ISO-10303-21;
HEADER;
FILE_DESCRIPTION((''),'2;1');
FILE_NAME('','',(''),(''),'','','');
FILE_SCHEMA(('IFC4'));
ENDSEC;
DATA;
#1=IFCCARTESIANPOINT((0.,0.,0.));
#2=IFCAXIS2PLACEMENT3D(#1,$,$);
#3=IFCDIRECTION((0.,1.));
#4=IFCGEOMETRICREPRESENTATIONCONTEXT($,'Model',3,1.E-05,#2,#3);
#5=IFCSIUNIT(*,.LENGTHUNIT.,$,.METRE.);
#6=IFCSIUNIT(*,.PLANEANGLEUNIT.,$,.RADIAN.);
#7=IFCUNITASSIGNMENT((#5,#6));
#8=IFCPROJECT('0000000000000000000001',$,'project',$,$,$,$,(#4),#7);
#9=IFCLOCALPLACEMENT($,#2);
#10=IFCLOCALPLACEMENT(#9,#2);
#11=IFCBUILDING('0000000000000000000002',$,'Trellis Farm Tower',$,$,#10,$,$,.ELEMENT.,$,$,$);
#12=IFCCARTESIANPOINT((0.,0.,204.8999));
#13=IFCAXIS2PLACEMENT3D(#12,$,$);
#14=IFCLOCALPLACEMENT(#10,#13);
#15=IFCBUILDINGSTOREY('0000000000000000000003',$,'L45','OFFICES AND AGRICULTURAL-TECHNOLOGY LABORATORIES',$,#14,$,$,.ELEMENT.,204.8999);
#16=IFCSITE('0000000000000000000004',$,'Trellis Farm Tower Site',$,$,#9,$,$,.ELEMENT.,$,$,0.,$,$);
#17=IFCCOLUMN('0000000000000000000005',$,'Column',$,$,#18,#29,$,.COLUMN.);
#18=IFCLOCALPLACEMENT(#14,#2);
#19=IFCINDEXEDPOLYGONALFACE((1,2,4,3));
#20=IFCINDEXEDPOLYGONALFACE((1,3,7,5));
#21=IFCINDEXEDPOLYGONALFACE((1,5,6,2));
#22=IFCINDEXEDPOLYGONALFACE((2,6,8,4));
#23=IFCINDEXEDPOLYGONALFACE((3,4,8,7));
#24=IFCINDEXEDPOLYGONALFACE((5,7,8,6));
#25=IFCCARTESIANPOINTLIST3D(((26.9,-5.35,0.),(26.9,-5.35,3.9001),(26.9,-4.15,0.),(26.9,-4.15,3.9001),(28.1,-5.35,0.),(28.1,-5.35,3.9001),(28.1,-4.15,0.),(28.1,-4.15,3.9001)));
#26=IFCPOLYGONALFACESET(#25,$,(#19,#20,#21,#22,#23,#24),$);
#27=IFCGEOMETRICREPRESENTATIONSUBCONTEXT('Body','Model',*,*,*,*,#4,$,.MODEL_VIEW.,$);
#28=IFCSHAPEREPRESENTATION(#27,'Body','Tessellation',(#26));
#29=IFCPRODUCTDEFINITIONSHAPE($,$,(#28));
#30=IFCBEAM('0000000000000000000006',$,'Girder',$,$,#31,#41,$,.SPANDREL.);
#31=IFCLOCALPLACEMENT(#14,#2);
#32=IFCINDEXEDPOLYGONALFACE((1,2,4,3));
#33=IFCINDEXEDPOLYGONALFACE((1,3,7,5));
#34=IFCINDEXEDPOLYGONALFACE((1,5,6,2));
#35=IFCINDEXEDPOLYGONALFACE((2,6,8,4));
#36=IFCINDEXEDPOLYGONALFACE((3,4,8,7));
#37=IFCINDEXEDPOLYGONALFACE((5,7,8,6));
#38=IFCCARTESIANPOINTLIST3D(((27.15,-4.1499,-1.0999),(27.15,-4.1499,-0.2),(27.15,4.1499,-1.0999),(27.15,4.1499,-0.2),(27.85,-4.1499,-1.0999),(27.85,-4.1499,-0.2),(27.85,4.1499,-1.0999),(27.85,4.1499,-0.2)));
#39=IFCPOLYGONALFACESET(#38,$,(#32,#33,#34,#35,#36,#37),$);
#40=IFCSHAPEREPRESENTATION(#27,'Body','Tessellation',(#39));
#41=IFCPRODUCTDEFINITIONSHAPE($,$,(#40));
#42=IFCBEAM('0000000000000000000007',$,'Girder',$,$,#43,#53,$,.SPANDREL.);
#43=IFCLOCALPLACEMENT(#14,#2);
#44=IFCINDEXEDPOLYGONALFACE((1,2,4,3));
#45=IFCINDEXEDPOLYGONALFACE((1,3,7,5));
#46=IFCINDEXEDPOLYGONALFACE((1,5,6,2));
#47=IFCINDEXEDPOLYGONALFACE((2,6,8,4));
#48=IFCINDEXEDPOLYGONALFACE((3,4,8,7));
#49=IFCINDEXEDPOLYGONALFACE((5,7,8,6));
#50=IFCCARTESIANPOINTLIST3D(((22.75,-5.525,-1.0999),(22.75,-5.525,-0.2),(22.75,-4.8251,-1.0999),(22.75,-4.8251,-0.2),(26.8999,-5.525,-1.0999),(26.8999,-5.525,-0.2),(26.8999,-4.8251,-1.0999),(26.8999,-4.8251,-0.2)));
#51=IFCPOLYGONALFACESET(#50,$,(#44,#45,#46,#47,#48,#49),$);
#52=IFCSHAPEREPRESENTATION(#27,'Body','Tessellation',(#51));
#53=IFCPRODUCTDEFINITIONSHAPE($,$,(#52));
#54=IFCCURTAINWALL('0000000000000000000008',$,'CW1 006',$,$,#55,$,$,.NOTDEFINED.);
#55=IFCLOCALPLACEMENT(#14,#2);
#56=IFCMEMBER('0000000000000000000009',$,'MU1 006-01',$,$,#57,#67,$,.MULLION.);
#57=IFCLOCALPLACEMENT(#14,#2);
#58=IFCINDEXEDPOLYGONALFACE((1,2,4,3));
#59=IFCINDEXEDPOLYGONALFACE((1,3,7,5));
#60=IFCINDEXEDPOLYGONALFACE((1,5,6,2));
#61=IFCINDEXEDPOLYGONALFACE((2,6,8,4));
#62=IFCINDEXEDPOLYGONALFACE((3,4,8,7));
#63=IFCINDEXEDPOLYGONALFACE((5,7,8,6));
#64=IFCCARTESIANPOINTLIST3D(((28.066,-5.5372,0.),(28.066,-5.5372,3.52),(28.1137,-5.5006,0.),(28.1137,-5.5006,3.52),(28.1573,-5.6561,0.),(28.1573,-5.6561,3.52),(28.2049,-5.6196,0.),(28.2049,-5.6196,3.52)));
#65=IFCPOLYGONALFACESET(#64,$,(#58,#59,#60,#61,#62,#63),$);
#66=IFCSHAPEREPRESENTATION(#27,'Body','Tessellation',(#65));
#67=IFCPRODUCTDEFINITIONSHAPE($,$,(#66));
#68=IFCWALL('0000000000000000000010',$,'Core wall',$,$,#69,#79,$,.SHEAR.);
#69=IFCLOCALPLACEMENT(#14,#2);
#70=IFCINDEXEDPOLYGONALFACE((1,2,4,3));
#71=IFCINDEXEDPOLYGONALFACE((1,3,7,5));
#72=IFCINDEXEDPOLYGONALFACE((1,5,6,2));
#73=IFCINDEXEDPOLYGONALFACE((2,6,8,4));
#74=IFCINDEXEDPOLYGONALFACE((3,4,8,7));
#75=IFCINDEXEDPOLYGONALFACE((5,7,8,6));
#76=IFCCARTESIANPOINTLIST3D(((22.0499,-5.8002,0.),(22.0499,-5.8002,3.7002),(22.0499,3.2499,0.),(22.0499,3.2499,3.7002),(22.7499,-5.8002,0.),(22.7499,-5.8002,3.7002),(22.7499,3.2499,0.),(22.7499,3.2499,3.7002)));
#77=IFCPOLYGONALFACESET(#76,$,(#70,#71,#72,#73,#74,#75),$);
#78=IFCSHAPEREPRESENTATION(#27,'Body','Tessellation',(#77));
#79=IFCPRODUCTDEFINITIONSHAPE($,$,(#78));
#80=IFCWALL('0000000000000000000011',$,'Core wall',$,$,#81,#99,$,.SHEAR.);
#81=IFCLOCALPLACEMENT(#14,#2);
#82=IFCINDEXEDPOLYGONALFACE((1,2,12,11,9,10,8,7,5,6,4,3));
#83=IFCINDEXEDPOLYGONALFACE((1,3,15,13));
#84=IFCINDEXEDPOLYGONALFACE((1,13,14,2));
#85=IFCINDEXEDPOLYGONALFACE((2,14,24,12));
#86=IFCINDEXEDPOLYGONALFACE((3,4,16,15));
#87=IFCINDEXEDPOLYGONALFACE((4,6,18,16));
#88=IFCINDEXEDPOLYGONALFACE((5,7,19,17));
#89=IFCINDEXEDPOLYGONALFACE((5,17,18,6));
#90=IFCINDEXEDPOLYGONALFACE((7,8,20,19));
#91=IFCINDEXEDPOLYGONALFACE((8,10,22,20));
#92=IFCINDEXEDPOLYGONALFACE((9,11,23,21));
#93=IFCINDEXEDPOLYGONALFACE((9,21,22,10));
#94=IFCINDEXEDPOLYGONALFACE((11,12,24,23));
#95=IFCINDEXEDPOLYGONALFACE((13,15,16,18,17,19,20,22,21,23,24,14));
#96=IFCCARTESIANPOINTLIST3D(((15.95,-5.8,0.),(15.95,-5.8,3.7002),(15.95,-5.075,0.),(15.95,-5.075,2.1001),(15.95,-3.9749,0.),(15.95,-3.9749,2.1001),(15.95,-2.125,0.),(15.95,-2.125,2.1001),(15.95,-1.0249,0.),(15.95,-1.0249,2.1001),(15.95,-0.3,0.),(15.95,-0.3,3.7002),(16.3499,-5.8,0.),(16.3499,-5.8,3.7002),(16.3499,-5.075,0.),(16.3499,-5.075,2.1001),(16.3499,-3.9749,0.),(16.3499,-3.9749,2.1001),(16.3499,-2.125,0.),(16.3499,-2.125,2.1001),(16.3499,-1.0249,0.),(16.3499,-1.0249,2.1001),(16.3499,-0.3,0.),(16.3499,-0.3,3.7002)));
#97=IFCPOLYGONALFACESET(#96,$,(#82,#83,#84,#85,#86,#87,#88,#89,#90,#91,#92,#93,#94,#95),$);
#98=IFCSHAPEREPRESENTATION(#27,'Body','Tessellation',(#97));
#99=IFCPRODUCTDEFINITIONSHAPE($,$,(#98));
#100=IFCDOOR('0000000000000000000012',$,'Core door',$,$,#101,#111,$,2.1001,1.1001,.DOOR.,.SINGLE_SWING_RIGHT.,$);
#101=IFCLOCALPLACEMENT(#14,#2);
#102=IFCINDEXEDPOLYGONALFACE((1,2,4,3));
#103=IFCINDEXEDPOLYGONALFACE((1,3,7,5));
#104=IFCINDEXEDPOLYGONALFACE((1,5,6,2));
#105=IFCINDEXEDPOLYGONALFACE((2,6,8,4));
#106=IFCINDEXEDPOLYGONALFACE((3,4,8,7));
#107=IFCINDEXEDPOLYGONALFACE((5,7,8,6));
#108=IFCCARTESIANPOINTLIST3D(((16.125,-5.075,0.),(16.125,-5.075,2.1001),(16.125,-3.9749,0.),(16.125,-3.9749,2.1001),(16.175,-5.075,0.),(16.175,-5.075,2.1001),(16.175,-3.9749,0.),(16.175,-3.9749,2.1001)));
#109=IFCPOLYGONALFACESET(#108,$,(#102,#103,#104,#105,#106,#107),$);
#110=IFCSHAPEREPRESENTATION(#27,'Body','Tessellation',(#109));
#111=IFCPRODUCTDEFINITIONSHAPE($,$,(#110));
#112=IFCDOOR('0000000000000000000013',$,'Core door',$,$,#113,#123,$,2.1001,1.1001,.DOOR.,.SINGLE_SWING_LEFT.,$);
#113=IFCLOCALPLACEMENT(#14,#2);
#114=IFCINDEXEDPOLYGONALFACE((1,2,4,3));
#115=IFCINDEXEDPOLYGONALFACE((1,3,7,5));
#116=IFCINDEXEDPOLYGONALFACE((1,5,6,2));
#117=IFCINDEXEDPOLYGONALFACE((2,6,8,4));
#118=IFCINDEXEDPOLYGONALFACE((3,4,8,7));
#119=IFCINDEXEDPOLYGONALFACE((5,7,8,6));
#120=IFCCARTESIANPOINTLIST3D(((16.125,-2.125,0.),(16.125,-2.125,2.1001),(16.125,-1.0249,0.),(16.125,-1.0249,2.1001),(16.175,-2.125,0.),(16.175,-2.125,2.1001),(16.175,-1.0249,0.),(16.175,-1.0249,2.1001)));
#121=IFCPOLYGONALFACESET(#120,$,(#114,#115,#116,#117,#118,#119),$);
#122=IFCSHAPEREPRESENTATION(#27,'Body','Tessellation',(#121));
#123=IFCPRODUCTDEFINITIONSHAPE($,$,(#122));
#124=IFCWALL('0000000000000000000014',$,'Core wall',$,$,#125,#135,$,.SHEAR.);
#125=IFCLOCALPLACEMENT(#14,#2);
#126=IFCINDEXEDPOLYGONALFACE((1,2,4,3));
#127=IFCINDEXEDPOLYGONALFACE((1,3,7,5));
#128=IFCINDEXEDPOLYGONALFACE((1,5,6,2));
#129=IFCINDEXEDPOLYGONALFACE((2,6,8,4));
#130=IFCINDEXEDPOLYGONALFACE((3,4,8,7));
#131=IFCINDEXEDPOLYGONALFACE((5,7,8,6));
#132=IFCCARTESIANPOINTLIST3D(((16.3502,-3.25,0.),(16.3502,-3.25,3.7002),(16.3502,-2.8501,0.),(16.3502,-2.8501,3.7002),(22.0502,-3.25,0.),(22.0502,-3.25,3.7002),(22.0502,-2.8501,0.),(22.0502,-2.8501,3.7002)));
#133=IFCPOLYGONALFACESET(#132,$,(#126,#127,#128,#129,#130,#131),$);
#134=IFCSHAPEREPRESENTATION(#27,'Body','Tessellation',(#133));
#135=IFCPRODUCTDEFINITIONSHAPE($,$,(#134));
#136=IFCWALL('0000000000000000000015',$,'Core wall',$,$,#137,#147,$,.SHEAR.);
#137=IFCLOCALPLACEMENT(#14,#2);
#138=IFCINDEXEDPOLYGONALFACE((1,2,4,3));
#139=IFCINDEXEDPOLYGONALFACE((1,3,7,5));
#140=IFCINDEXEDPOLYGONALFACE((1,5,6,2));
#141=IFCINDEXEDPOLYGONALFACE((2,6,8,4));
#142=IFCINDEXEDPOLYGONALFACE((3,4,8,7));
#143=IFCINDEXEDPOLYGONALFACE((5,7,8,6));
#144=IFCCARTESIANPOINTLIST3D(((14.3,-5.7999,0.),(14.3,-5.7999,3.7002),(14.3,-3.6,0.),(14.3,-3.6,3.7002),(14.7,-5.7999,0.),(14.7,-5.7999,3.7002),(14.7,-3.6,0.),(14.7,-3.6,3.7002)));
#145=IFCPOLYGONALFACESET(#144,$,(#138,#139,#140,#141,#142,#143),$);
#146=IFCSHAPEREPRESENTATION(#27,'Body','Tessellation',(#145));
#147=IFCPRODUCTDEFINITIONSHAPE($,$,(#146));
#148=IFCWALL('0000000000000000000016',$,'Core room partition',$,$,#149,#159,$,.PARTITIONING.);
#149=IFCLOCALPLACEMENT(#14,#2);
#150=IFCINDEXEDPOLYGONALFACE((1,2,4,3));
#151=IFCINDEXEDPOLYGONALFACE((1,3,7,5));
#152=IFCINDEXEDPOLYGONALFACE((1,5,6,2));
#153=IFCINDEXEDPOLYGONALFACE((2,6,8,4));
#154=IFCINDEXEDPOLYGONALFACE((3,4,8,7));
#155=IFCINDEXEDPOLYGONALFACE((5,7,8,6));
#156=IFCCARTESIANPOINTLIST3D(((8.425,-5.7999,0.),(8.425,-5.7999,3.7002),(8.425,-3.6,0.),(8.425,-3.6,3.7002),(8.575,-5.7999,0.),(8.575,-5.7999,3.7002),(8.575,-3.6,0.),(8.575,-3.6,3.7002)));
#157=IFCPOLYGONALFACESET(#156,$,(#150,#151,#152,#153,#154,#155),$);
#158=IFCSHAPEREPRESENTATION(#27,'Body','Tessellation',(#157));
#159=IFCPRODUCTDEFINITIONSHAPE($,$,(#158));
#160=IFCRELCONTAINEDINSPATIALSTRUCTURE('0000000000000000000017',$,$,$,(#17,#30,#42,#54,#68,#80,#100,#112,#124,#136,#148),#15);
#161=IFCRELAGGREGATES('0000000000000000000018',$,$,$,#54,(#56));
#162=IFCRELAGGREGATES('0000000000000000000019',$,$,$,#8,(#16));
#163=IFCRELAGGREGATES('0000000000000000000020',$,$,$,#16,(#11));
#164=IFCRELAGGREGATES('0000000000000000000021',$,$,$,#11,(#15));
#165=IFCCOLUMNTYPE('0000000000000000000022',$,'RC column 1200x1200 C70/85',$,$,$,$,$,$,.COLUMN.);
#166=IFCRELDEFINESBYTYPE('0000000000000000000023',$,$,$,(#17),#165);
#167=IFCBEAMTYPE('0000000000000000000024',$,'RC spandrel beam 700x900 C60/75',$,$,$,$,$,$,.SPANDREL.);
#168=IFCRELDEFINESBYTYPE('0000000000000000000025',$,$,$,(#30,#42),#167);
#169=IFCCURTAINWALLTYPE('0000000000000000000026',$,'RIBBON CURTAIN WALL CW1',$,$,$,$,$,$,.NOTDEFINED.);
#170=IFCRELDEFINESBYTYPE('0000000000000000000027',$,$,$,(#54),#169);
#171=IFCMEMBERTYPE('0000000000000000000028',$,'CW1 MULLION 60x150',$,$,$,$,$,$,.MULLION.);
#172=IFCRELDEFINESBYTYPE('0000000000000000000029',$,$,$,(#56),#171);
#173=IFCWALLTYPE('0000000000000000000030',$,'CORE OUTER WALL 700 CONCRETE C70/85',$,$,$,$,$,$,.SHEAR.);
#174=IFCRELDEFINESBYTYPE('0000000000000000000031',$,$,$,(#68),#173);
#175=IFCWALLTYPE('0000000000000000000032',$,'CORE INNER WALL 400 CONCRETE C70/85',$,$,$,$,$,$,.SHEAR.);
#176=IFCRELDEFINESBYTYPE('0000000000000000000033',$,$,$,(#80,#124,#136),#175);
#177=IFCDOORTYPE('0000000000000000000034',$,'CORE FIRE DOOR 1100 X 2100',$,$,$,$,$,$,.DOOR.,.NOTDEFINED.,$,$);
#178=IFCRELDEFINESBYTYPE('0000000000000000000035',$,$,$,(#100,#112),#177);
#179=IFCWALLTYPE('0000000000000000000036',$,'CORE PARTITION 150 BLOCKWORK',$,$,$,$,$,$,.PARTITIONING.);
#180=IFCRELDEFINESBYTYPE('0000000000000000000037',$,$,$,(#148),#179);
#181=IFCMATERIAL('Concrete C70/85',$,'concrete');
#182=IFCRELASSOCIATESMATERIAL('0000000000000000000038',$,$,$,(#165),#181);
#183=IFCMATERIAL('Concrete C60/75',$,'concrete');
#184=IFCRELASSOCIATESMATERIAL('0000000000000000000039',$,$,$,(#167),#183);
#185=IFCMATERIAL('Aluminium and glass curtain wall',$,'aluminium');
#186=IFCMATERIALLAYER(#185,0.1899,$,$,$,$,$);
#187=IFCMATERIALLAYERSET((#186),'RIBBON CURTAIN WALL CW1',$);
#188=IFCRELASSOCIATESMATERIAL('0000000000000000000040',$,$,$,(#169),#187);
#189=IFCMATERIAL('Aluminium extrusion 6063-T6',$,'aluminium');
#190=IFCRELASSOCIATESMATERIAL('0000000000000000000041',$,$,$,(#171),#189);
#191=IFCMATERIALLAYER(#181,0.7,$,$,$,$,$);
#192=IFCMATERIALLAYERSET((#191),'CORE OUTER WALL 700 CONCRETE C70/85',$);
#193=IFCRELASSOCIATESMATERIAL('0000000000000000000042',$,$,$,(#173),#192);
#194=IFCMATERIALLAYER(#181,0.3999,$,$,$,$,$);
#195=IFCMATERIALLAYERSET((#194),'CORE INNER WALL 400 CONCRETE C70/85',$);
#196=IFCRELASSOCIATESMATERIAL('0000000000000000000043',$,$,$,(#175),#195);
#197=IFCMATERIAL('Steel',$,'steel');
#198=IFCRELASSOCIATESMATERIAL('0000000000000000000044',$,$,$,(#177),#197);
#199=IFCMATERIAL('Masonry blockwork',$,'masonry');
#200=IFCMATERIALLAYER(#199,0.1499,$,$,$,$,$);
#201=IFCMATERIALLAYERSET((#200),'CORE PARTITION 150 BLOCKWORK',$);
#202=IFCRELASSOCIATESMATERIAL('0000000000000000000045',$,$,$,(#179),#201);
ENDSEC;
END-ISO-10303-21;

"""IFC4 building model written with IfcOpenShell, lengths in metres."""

from ifc_helpers import new_model, si_unit, direction, frame, frame_2d, origin, origin_2d, place, context, subcontext, project, spatial, rectangle, extrude, source, transform, mapped, material, layer, layer_set, material_profile, profile_set, type_object, element, fill, aggregate, save


model = new_model("IFC4")

# Units and contexts
model_context = context("Model", 3, precision=1e-05, world=origin(), true_north=direction((0.0, 1.0)))
body_context = subcontext(model_context, "Body", "Model", "MODEL_VIEW")
ifc_project = project(units=[si_unit("LENGTHUNIT", "METRE"), si_unit("PLANEANGLEUNIT", "RADIAN")], contexts=[model_context])

# Site, building, storey
site_placement = place(None, origin())
site = spatial("IfcSite", under=ifc_project, at=site_placement, Name="Trellis Farm Tower Site", CompositionType="ELEMENT", RefElevation=0.0)
building_placement = place(site_placement, origin())
building = spatial("IfcBuilding", under=site, at=building_placement, Name="Trellis Farm Tower", CompositionType="ELEMENT")
storey_placement = place(building_placement, frame((0.0, 0.0, 204.8999)))
storey = spatial("IfcBuildingStorey", under=building, at=storey_placement, Name="L45", Description="OFFICES AND AGRICULTURAL-TECHNOLOGY LABORATORIES", CompositionType="ELEMENT", Elevation=204.8999)

# Column
ifc_material_1 = material(Name="Concrete C70/85", Category="concrete")
ifc_material_profile_1 = material_profile(ifc_material_1, rectangle(XDim=1.2, YDim=1.2, at=origin_2d()), Name="RC column 1200x1200 C70/85")
ifc_profile_set_1 = profile_set([ifc_material_profile_1], Name="Concrete C70/85")
column_type = type_object("IfcColumnType", Name="RC column 1200x1200 C70/85", PredefinedType="COLUMN", material=ifc_profile_set_1)
shared_shape_1 = source(origin(), body_context, "Body", "SweptSolid", [
    extrude(rectangle(XDim=1.2, YDim=1.2, at=origin_2d()), origin(), (0.0, 0.0, 1.0), 3.9001),
])
column_placement = place(storey_placement, frame((27.5, -4.75, 0.0), z_axis=(0.0, 0.0, 1.0), x_axis=(1.0, 0.0, 0.0)))
element("IfcColumn", 1, at=column_placement, inside=storey, type_object=column_type, Name="Column", PredefinedType="COLUMN", context=body_context, shape_type="MappedRepresentation", body=[
    mapped(shared_shape_1, transform((0.0, 0.0, 0.0))),
])

# Beams
ifc_material_2 = material(Name="Concrete C60/75", Category="concrete")
ifc_material_profile_2 = material_profile(ifc_material_2, rectangle(XDim=0.7, YDim=0.8999, at=origin_2d()), Name="RC spandrel beam 700x900 C60/75")
ifc_profile_set_2 = profile_set([ifc_material_profile_2], Name="Concrete C60/75")
beam_type = type_object("IfcBeamType", Name="RC spandrel beam 700x900 C60/75", PredefinedType="SPANDREL", material=ifc_profile_set_2)
shared_shape_2 = source(origin(), body_context, "Body", "SweptSolid", [
    extrude(rectangle(XDim=0.7, YDim=0.8999, at=origin_2d()), origin(), (0.0, 0.0, 1.0), 8.2998),
])
beam_1_placement = place(storey_placement, frame((27.5, -4.1499, -0.6499), z_axis=(0.0, 1.0, 0.0), x_axis=(-1.0, 0.0, 0.0)))
element("IfcBeam", 2, at=beam_1_placement, inside=storey, type_object=beam_type, Name="Girder", PredefinedType="SPANDREL", context=body_context, shape_type="MappedRepresentation", body=[
    mapped(shared_shape_2, transform((0.0, 0.0, 0.0))),
])
shared_shape_3 = source(origin(), body_context, "Body", "SweptSolid", [
    extrude(rectangle(XDim=0.7, YDim=0.8999, at=origin_2d()), origin(), (0.0, 0.0, 1.0), 4.1499),
])
beam_2_placement = place(storey_placement, frame((22.75, -5.175, -0.6499), z_axis=(1.0, 0.0, 0.0), x_axis=(0.0, 1.0, 0.0)))
element("IfcBeam", 3, at=beam_2_placement, inside=storey, type_object=beam_type, Name="Girder", PredefinedType="SPANDREL", context=body_context, shape_type="MappedRepresentation", body=[
    mapped(shared_shape_3, transform((0.0, 0.0, 0.0))),
])

# Curtain wall, member
ifc_material_3 = material(Name="Aluminium and glass curtain wall", Category="aluminium")
ifc_layer_1 = layer(ifc_material_3, 0.1899)
ifc_layer_set_1 = layer_set([ifc_layer_1], Name="RIBBON CURTAIN WALL CW1")
curtain_wall_type = type_object("IfcCurtainWallType", Name="RIBBON CURTAIN WALL CW1", PredefinedType="NOTDEFINED", material=ifc_layer_set_1)
placement = place(storey_placement, origin())
curtain_wall = element("IfcCurtainWall", 4, at=placement, inside=storey, type_object=curtain_wall_type, Name="CW1 006", PredefinedType="NOTDEFINED")
ifc_material_4 = material(Name="Aluminium extrusion 6063-T6", Category="aluminium")
ifc_material_profile_3 = material_profile(ifc_material_4, rectangle(XDim=0.0601, YDim=0.1499, at=origin_2d()), Name="MULLION 60x150")
ifc_profile_set_3 = profile_set([ifc_material_profile_3], Name="Aluminium extrusion 6063-T6")
member_type = type_object("IfcMemberType", Name="CW1 MULLION 60x150", PredefinedType="MULLION", material=ifc_profile_set_3)
shared_shape_4 = source(origin(), body_context, "Body", "SweptSolid", [
    extrude(rectangle(XDim=0.0601, YDim=0.1499, at=origin_2d()), origin(), (0.0, 0.0, 1.0), 3.52),
])
member_placement = place(storey_placement, frame((28.1355, -5.5784, 0.0), z_axis=(0.0, 0.0, 1.0), x_axis=(0.793353, 0.608761, 0.0)))
member = element("IfcMember", 5, at=member_placement, type_object=member_type, Name="MU1 006-01", PredefinedType="MULLION", context=body_context, shape_type="MappedRepresentation", body=[
    mapped(shared_shape_4, transform((0.0, 0.0, 0.0))),
])
aggregate(curtain_wall, [member])

# Wall
ifc_layer_2 = layer(ifc_material_1, 0.7)
ifc_layer_set_2 = layer_set([ifc_layer_2], Name="CORE OUTER WALL 700 CONCRETE C70/85")
wall_type_1 = type_object("IfcWallType", Name="CORE OUTER WALL 700 CONCRETE C70/85", PredefinedType="SHEAR", material=ifc_layer_set_2)
shared_shape_5 = source(origin(), body_context, "Body", "SweptSolid", [
    extrude(rectangle(XDim=9.05, YDim=0.7, at=frame_2d((4.5249, 0.0))), origin(), (0.0, 0.0, 1.0), 3.7002),
])
wall_1_placement = place(storey_placement, frame((22.3999, -5.8, 0.0), z_axis=(0.0, 0.0, 1.0), x_axis=(0.0, 1.0, 0.0)))
element("IfcWall", 6, at=wall_1_placement, inside=storey, type_object=wall_type_1, Name="Core wall", PredefinedType="SHEAR", context=body_context, shape_type="MappedRepresentation", body=[
    mapped(shared_shape_5, transform((0.0, 0.0, 0.0))),
])

# Wall, openings, doors
ifc_layer_3 = layer(ifc_material_1, 0.3999)
ifc_layer_set_3 = layer_set([ifc_layer_3], Name="CORE INNER WALL 400 CONCRETE C70/85")
wall_type_2 = type_object("IfcWallType", Name="CORE INNER WALL 400 CONCRETE C70/85", PredefinedType="SHEAR", material=ifc_layer_set_3)
shared_shape_6 = source(origin(), body_context, "Body", "SweptSolid", [
    extrude(rectangle(XDim=5.5, YDim=0.3999, at=frame_2d((2.75, 0.0))), origin(), (0.0, 0.0, 1.0), 3.7002),
])
wall_2_placement = place(storey_placement, frame((16.1499, -5.8, 0.0), z_axis=(0.0, 0.0, 1.0), x_axis=(0.0, 1.0, 0.0)))
wall_2 = element("IfcWall", 7, at=wall_2_placement, inside=storey, type_object=wall_type_2, Name="Core wall", PredefinedType="SHEAR", context=body_context, shape_type="MappedRepresentation", body=[
    mapped(shared_shape_6, transform((0.0, 0.0, 0.0))),
])
shared_shape_7 = source(origin(), body_context, "Body", "SweptSolid", [
    extrude(rectangle(XDim=1.1001, YDim=2.1001, at=frame_2d((0.55, 1.05))), frame((0.0, 0.21, 0.0), z_axis=(0.0, -1.0, 0.0), x_axis=(1.0, 0.0, 0.0)), (0.0, 0.0, 1.0), 0.4199),
])
opening_1_placement = place(wall_2_placement, frame((0.7251, 0.0, 0.0)))
opening_1 = element("IfcOpeningElement", 8, at=opening_1_placement, cuts=wall_2, PredefinedType="OPENING", context=body_context, shape_type="MappedRepresentation", body=[
    mapped(shared_shape_7, transform((0.0, 0.0, 0.0))),
])
opening_2_placement = place(wall_2_placement, frame((3.675, 0.0, 0.0)))
opening_2 = element("IfcOpeningElement", 9, at=opening_2_placement, cuts=wall_2, PredefinedType="OPENING", context=body_context, shape_type="MappedRepresentation", body=[
    mapped(shared_shape_7, transform((0.0, 0.0, 0.0))),
])
ifc_material_5 = material(Name="Steel", Category="steel")
door_type = type_object("IfcDoorType", Name="CORE FIRE DOOR 1100 X 2100", OperationType="NOTDEFINED", PredefinedType="DOOR", material=ifc_material_5)
shared_shape_8 = source(origin(), body_context, "Body", "SweptSolid", [
    extrude(rectangle(XDim=1.1001, YDim=2.1001, at=frame_2d((0.55, 1.05))), frame((0.0, 0.0249, 0.0), z_axis=(0.0, -1.0, 0.0), x_axis=(1.0, 0.0, 0.0)), (0.0, 0.0, 1.0), 0.05),
])
door_1_placement = place(opening_1_placement, origin())
door_1 = element("IfcDoor", 10, at=door_1_placement, inside=storey, type_object=door_type, Name="Core door", OperationType="SINGLE_SWING_RIGHT", OverallHeight=2.1001, OverallWidth=1.1001, PredefinedType="DOOR", context=body_context, shape_type="MappedRepresentation", body=[
    mapped(shared_shape_8, transform((0.0, 0.0, 0.0))),
])
fill(opening_1, door_1)
door_2_placement = place(opening_2_placement, origin())
door_2 = element("IfcDoor", 11, at=door_2_placement, inside=storey, type_object=door_type, Name="Core door", OperationType="SINGLE_SWING_LEFT", OverallHeight=2.1001, OverallWidth=1.1001, PredefinedType="DOOR", context=body_context, shape_type="MappedRepresentation", body=[
    mapped(shared_shape_8, transform((0.0, 0.0, 0.0))),
])
fill(opening_2, door_2)

# Walls
shared_shape_9 = source(origin(), body_context, "Body", "SweptSolid", [
    extrude(rectangle(XDim=5.7, YDim=0.3999, at=frame_2d((2.8501, 0.0))), origin(), (0.0, 0.0, 1.0), 3.7002),
])
wall_3_placement = place(storey_placement, frame((16.3501, -3.05, 0.0), z_axis=(0.0, 0.0, 1.0), x_axis=(1.0, 0.0, 0.0)))
element("IfcWall", 12, at=wall_3_placement, inside=storey, type_object=wall_type_2, Name="Core wall", PredefinedType="SHEAR", context=body_context, shape_type="MappedRepresentation", body=[
    mapped(shared_shape_9, transform((0.0, 0.0, 0.0))),
])
shared_shape_10 = source(origin(), body_context, "Body", "SweptSolid", [
    extrude(rectangle(XDim=2.2, YDim=0.3999, at=frame_2d((1.1001, 0.0))), origin(), (0.0, 0.0, 1.0), 3.7002),
])
wall_4_placement = place(storey_placement, frame((14.5, -5.8, 0.0), z_axis=(0.0, 0.0, 1.0), x_axis=(0.0, 1.0, 0.0)))
element("IfcWall", 13, at=wall_4_placement, inside=storey, type_object=wall_type_2, Name="Core wall", PredefinedType="SHEAR", context=body_context, shape_type="MappedRepresentation", body=[
    mapped(shared_shape_10, transform((0.0, 0.0, 0.0))),
])
ifc_material_6 = material(Name="Masonry blockwork", Category="masonry")
ifc_layer_4 = layer(ifc_material_6, 0.1499)
ifc_layer_set_4 = layer_set([ifc_layer_4], Name="CORE PARTITION 150 BLOCKWORK")
wall_type_3 = type_object("IfcWallType", Name="CORE PARTITION 150 BLOCKWORK", PredefinedType="PARTITIONING", material=ifc_layer_set_4)
shared_shape_11 = source(origin(), body_context, "Body", "SweptSolid", [
    extrude(rectangle(XDim=2.2, YDim=0.1499, at=frame_2d((1.1001, 0.0))), origin(), (0.0, 0.0, 1.0), 3.7002),
])
for number, where, z_axis, x_axis, name in (
    (14, (8.5, -5.8, 0.0), (0.0, 0.0, 1.0), (0.0, 1.0, 0.0), "Core room partition"),
):
    element("IfcWall", number, at=place(storey_placement, frame(where, z_axis=z_axis, x_axis=x_axis)), inside=storey, type_object=wall_type_3, Name=name, PredefinedType="PARTITIONING", context=body_context, shape_type="MappedRepresentation", body=[
        mapped(shared_shape_11, transform((0.0, 0.0, 0.0))),
    ])

save(model, "model.ifc")
